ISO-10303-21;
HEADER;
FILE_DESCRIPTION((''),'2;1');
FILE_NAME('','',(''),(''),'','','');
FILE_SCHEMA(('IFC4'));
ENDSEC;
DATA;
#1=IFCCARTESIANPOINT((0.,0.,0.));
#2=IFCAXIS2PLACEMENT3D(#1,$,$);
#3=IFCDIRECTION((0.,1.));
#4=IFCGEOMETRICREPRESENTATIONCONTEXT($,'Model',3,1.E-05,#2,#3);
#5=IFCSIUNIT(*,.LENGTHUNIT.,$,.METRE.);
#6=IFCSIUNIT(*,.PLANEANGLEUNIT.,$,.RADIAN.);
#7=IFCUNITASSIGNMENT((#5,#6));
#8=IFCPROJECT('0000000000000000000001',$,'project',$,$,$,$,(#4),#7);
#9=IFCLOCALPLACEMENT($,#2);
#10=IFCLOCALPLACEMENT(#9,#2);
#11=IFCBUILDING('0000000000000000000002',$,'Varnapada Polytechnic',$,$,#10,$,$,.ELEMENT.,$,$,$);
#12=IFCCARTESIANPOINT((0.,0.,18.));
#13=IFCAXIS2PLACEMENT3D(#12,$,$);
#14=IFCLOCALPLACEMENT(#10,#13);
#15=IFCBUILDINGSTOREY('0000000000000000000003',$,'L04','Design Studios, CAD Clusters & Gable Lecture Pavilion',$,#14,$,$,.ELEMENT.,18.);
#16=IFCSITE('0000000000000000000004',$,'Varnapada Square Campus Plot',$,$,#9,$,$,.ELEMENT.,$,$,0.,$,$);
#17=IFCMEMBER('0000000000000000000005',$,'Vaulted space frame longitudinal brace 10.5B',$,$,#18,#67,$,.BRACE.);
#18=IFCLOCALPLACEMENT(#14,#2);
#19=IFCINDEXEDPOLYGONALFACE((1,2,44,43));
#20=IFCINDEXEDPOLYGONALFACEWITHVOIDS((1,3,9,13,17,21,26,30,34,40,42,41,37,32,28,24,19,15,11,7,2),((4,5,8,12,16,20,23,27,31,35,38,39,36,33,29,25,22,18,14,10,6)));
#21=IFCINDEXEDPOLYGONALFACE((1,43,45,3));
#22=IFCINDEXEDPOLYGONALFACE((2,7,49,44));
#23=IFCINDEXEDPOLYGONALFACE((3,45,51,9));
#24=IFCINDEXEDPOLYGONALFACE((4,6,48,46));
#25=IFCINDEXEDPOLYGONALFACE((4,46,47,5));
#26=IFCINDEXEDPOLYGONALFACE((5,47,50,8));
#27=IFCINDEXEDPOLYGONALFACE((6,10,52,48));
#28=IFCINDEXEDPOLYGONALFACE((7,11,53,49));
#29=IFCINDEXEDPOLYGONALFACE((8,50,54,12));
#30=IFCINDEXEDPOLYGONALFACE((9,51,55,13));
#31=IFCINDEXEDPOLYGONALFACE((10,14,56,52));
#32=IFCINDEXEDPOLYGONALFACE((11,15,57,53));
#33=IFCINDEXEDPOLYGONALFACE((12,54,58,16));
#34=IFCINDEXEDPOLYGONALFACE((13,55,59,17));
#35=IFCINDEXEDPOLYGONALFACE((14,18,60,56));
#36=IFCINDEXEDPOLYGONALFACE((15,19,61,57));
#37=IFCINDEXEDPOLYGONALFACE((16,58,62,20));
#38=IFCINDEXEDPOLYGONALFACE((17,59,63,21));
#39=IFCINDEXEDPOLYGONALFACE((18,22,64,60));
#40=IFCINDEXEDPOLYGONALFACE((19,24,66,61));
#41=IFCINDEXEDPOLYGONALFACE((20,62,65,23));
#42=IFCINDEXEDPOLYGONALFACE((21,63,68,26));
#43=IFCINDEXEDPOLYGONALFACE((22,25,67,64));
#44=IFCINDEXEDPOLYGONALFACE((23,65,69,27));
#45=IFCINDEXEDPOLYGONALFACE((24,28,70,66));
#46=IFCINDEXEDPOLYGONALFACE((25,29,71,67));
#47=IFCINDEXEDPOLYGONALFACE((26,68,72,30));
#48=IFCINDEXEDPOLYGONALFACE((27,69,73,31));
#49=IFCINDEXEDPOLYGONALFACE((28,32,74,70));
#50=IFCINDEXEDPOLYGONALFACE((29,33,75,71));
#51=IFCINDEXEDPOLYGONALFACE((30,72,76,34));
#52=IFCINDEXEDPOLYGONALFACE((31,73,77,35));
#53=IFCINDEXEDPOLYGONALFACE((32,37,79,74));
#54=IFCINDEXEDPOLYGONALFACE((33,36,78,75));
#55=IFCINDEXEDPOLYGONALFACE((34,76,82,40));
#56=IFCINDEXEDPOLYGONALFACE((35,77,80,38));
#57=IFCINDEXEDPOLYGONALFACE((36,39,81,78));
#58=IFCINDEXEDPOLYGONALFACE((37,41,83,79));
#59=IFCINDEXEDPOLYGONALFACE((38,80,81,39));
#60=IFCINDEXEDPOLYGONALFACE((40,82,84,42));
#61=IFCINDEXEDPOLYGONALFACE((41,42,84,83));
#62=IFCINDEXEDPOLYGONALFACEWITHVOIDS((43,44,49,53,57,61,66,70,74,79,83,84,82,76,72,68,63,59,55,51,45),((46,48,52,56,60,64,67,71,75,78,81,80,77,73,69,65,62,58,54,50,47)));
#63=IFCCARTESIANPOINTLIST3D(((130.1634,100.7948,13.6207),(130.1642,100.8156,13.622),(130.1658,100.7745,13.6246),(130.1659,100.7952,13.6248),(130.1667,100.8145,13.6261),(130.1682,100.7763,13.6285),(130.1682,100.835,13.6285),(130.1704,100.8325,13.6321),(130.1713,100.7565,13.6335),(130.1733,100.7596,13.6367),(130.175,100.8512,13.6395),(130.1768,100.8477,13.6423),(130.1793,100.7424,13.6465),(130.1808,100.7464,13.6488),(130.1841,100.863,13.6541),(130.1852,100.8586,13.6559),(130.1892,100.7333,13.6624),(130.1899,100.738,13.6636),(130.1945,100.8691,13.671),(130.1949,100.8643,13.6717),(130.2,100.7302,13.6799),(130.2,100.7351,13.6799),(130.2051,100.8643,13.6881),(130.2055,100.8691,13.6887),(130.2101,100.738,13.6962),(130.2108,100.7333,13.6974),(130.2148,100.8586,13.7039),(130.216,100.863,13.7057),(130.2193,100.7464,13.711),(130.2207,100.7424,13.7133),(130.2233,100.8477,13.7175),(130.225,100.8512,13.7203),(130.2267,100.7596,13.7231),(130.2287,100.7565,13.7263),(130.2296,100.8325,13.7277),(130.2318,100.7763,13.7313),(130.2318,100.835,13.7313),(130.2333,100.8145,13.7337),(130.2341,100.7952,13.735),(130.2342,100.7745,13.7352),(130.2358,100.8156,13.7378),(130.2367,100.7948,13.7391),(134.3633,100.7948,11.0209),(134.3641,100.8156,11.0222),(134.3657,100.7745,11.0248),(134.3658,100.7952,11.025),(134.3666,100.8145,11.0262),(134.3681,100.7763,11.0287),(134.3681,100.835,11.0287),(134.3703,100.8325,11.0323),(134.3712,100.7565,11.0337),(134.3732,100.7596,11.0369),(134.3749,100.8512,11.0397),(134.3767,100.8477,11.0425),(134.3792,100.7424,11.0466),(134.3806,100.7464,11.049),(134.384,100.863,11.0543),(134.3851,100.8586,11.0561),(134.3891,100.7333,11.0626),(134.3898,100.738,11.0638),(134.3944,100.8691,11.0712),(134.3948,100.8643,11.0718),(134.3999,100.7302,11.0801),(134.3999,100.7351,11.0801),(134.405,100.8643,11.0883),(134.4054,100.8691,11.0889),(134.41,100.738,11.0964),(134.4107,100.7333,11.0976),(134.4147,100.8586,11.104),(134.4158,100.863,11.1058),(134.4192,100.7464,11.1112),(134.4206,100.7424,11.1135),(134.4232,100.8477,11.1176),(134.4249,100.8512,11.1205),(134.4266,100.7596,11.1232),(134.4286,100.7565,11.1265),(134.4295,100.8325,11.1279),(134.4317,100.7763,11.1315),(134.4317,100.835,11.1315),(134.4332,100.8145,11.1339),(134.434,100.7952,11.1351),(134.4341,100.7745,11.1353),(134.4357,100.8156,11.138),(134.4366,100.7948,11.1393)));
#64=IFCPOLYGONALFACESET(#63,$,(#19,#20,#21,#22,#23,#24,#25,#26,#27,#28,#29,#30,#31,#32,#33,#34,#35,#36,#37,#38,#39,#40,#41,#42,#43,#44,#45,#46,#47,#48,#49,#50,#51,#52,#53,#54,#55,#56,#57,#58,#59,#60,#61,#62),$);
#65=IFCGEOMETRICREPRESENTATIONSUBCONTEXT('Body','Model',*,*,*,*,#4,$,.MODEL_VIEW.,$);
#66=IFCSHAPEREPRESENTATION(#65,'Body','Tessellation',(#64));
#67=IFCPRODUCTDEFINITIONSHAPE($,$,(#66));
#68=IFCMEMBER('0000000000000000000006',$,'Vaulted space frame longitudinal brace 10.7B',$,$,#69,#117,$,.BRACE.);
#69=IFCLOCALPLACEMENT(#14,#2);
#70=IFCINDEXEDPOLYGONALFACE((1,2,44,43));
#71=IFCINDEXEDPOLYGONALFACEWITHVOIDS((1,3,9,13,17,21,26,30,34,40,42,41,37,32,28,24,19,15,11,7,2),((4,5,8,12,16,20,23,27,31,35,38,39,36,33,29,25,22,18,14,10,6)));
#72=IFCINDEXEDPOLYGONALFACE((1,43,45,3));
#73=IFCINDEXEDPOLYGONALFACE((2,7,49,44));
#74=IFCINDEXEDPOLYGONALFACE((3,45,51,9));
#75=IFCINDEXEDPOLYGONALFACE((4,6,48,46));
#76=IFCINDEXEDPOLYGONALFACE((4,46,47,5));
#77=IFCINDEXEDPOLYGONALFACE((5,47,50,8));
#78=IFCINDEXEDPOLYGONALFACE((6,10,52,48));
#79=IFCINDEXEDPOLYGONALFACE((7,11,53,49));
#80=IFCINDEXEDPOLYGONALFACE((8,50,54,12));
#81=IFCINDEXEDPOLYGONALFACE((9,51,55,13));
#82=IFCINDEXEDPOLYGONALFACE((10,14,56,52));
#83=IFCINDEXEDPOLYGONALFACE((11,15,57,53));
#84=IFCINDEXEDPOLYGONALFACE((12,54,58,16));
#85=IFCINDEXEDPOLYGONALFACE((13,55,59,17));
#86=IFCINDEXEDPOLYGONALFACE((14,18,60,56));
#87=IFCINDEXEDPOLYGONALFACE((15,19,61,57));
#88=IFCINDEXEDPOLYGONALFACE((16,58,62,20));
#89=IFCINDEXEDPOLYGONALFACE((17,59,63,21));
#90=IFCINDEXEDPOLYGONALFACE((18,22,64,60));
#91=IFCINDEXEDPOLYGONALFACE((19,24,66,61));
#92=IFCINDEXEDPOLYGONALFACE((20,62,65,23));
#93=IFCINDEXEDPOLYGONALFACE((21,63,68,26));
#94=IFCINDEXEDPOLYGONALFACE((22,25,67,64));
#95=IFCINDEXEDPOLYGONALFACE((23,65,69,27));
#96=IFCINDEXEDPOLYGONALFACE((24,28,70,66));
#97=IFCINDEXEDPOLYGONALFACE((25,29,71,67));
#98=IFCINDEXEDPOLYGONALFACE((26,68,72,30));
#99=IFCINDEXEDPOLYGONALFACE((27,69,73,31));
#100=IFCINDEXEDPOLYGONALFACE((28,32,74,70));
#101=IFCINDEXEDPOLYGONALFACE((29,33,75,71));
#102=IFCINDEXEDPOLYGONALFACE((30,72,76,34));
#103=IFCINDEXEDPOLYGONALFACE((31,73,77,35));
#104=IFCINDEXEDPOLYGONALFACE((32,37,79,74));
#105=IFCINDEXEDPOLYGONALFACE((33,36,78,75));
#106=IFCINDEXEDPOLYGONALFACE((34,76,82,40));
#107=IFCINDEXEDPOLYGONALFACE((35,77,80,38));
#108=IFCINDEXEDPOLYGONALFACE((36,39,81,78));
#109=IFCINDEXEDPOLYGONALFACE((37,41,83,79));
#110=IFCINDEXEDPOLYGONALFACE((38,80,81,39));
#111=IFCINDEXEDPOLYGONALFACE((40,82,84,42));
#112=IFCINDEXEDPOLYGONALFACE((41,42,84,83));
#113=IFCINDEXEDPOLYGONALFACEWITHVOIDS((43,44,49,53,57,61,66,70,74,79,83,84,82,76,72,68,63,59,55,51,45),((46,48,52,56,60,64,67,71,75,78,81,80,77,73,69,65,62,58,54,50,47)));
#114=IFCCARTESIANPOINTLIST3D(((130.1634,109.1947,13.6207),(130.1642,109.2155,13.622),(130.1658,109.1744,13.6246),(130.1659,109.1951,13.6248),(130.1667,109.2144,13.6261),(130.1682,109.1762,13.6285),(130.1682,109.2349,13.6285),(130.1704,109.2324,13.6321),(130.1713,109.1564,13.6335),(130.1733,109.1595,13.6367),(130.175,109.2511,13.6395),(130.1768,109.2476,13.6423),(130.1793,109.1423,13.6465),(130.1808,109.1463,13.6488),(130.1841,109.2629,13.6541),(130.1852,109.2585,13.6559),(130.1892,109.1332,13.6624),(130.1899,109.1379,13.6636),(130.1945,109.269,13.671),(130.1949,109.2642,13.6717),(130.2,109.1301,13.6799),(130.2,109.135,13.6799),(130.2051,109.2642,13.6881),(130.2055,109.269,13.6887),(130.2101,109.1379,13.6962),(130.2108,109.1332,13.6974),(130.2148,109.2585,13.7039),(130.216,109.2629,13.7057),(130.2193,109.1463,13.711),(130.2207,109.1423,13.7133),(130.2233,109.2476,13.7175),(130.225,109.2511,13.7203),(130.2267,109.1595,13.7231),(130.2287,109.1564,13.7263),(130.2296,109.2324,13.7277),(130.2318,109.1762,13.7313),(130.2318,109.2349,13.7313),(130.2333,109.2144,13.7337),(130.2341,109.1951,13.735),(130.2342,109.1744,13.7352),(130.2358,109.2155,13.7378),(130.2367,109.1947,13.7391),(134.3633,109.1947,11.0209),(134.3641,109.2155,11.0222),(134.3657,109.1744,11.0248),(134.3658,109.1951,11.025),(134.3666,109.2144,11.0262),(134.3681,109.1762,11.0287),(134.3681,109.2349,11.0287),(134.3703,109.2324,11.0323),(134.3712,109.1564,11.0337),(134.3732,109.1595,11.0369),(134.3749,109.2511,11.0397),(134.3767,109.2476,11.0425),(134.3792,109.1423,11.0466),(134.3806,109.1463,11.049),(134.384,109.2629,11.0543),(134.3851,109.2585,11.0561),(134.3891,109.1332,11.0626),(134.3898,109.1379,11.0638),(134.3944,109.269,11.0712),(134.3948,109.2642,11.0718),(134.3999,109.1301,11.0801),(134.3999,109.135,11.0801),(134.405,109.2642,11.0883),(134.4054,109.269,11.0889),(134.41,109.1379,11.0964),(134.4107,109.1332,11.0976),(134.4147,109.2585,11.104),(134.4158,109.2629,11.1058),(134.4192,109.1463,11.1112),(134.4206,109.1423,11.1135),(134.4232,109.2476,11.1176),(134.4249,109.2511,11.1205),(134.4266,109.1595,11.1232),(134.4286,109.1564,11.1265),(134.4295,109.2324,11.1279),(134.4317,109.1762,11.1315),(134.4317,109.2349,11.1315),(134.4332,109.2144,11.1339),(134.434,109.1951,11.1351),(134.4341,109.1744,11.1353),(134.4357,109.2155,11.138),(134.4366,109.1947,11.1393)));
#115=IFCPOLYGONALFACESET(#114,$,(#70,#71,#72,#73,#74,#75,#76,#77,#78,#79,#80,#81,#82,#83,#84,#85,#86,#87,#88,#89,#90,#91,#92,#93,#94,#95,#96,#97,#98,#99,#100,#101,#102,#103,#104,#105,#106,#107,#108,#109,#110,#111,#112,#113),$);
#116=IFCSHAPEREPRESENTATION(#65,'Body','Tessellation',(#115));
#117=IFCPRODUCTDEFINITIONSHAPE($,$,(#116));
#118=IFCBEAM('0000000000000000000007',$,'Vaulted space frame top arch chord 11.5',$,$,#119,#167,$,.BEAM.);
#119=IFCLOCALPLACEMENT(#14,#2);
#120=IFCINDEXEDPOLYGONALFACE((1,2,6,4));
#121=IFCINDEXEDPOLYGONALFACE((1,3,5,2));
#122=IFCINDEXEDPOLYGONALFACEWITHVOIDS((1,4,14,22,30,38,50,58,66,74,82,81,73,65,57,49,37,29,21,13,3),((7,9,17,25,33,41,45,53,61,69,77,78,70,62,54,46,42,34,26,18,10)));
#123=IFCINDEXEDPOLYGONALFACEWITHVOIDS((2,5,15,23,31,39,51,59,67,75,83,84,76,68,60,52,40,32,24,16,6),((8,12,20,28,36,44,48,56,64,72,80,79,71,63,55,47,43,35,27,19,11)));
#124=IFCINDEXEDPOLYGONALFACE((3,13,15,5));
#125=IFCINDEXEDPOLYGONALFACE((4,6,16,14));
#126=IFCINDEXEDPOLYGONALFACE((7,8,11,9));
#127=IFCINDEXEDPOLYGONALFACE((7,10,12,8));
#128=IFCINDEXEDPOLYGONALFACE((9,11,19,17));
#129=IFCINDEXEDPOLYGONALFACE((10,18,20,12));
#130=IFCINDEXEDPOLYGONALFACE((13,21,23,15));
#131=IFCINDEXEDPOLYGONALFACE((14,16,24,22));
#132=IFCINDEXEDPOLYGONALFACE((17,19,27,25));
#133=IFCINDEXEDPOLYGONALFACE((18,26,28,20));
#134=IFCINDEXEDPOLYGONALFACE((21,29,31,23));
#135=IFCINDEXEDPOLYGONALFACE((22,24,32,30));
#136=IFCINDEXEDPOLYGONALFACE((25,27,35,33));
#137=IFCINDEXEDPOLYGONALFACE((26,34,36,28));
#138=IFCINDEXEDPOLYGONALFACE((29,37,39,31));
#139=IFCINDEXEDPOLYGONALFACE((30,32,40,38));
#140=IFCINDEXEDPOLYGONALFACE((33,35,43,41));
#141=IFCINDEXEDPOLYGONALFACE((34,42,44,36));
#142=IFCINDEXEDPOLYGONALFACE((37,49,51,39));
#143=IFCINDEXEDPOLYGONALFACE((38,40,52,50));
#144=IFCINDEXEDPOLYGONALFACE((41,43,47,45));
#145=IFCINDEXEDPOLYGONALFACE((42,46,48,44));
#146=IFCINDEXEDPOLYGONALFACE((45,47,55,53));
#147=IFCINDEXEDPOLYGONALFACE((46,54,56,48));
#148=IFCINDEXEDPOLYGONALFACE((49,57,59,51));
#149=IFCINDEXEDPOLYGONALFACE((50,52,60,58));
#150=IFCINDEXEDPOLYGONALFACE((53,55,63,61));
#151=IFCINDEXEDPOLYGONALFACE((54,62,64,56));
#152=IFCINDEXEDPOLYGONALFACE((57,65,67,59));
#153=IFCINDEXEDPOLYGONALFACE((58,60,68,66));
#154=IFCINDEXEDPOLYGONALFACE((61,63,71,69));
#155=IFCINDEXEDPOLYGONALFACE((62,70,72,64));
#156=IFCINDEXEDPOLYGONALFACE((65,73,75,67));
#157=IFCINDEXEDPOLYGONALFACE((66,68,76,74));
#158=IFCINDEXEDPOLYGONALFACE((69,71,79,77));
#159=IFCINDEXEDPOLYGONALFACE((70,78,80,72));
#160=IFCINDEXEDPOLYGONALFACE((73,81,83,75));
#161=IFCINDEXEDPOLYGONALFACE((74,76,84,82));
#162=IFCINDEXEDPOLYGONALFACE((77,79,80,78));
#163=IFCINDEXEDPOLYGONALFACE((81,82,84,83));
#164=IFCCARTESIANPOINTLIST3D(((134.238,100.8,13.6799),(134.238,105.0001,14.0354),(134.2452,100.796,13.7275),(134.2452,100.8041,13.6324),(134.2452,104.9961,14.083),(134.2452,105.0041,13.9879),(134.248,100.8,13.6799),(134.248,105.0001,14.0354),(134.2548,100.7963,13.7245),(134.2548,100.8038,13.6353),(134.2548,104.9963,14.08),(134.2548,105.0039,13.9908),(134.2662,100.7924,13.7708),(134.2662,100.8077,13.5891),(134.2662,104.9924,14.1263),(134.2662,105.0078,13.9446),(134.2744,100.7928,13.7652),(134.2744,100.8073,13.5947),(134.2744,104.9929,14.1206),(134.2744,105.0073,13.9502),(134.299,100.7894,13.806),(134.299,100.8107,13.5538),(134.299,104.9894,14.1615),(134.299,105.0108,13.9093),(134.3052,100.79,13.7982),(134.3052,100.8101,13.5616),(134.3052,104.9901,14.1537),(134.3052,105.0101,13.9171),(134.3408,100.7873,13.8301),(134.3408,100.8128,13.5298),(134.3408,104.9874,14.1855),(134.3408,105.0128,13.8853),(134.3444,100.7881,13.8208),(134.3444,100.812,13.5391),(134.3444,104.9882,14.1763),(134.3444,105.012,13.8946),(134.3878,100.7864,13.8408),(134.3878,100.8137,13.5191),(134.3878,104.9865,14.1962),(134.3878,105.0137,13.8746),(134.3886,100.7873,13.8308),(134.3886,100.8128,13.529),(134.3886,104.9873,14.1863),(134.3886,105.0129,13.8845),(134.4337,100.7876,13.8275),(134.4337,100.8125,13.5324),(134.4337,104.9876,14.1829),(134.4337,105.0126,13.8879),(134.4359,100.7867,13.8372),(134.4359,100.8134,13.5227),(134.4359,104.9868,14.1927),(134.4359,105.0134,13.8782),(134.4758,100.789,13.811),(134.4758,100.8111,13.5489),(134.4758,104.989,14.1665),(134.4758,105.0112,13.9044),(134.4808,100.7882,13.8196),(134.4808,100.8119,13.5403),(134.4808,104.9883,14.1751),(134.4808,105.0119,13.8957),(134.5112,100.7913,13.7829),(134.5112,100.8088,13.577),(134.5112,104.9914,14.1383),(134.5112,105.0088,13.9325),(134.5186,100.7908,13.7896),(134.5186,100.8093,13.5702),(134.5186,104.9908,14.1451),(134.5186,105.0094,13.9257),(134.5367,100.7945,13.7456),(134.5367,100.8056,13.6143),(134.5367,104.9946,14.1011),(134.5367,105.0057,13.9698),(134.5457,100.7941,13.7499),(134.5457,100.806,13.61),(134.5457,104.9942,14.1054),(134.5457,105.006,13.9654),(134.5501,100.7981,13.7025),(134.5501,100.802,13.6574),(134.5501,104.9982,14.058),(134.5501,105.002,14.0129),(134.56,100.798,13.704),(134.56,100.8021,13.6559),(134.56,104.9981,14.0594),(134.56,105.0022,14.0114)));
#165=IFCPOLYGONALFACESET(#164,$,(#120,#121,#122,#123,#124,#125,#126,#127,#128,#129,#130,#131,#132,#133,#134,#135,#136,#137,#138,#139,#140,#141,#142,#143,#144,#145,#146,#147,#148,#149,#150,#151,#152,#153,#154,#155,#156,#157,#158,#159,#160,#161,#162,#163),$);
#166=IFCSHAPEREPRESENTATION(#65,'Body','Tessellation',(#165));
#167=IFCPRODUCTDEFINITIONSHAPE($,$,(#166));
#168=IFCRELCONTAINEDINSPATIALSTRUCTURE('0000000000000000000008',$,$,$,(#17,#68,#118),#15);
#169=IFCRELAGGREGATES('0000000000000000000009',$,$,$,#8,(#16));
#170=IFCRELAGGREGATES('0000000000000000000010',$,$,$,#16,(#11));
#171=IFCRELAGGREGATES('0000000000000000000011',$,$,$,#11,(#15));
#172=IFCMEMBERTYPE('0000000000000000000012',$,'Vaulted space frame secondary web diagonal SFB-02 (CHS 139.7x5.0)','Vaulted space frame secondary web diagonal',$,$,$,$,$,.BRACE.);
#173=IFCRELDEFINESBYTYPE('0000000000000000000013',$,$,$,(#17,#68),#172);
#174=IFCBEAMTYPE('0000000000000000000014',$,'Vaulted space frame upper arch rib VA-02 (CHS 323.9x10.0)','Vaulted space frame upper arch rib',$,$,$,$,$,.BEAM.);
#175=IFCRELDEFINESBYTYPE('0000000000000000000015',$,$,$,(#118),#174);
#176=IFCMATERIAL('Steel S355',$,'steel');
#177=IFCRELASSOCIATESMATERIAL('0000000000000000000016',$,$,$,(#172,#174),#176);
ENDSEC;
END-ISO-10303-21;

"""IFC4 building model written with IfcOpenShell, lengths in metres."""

from ifc_helpers import new_model, si_unit, direction, frame, origin, origin_2d, place, context, subcontext, project, spatial, hollow_circle, extrude, material, material_profile, profile_set, type_object, element, save


model = new_model("IFC4")

# Units and contexts
model_context = context("Model", 3, precision=1e-05, world=origin(), true_north=direction((0.0, 1.0)))
body_context = subcontext(model_context, "Body", "Model", "MODEL_VIEW")
ifc_project = project(units=[si_unit("LENGTHUNIT", "METRE"), si_unit("PLANEANGLEUNIT", "RADIAN")], contexts=[model_context])

# Site, building, storey
site_placement = place(None, origin())
site = spatial("IfcSite", under=ifc_project, at=site_placement, Name="Varnapada Square Campus Plot", CompositionType="ELEMENT", RefElevation=0.0)
building_placement = place(site_placement, origin())
building = spatial("IfcBuilding", under=site, at=building_placement, Name="Varnapada Polytechnic", CompositionType="ELEMENT")
storey_placement = place(building_placement, frame((0.0, 0.0, 18.0)))
storey = spatial("IfcBuildingStorey", under=building, at=storey_placement, Name="L04", Description="Design Studios, CAD Clusters & Gable Lecture Pavilion", CompositionType="ELEMENT", Elevation=18.0)

# Shared definitions
ifc_material = material(Name="Steel S355", Category="steel")

# Members
ifc_material_profile_1 = material_profile(ifc_material, hollow_circle(Radius=0.0698, WallThickness=0.0049, at=origin_2d()), Name="CHS 139.7x5.0")
ifc_profile_set_1 = profile_set([ifc_material_profile_1], Name="Steel S355")
member_type_1 = type_object("IfcMemberType", Name="Vaulted space frame secondary web diagonal SFB-02 (CHS 139.7x5.0)", Description="Vaulted space frame secondary web diagonal", PredefinedType="BRACE", material=ifc_profile_set_1)
for number, where, z_axis, x_axis, name in (
    (1, (134.3999, 100.8, 11.0801), (-0.850276, 0.0, 0.526338), (0.0, -1.0, 0.0), "Vaulted space frame longitudinal brace 10.5B"),
    (2, (134.3999, 109.2, 11.0801), (-0.850276, 0.0, 0.526338), (0.0, -1.0, 0.0), "Vaulted space frame longitudinal brace 10.7B"),
):
    element("IfcMember", number, at=place(storey_placement, frame(where, z_axis=z_axis, x_axis=x_axis)), inside=storey, type_object=member_type_1, Name=name, PredefinedType="BRACE", context=body_context, shape_type="SweptSolid", body=[
        extrude(hollow_circle(Radius=0.0698, WallThickness=0.0049, at=origin_2d()), origin(), (0.0, 0.0, 1.0), 4.9395),
    ])

# Beam
ifc_material_profile_2 = material_profile(ifc_material, hollow_circle(Radius=0.1619, WallThickness=0.01, at=origin_2d()), Name="CHS 323.9x10.0")
ifc_profile_set_2 = profile_set([ifc_material_profile_2], Name="Steel S355")
beam_type_1 = type_object("IfcBeamType", Name="Vaulted space frame upper arch rib VA-02 (CHS 323.9x10.0)", Description="Vaulted space frame upper arch rib", PredefinedType="BEAM", material=ifc_profile_set_2)
for number, where, z_axis, x_axis, name in (
    (3, (134.3999, 100.8, 13.6799), (0.0, 0.996437, 0.084335), (-1.0, 0.0, 0.0), "Vaulted space frame top arch chord 11.5"),
):
    element("IfcBeam", number, at=place(storey_placement, frame(where, z_axis=z_axis, x_axis=x_axis)), inside=storey, type_object=beam_type_1, Name=name, PredefinedType="BEAM", context=body_context, shape_type="SweptSolid", body=[
        extrude(hollow_circle(Radius=0.1619, WallThickness=0.01, at=origin_2d()), origin(), (0.0, 0.0, 1.0), 4.2151),
    ])

save(model, "model.ifc")
